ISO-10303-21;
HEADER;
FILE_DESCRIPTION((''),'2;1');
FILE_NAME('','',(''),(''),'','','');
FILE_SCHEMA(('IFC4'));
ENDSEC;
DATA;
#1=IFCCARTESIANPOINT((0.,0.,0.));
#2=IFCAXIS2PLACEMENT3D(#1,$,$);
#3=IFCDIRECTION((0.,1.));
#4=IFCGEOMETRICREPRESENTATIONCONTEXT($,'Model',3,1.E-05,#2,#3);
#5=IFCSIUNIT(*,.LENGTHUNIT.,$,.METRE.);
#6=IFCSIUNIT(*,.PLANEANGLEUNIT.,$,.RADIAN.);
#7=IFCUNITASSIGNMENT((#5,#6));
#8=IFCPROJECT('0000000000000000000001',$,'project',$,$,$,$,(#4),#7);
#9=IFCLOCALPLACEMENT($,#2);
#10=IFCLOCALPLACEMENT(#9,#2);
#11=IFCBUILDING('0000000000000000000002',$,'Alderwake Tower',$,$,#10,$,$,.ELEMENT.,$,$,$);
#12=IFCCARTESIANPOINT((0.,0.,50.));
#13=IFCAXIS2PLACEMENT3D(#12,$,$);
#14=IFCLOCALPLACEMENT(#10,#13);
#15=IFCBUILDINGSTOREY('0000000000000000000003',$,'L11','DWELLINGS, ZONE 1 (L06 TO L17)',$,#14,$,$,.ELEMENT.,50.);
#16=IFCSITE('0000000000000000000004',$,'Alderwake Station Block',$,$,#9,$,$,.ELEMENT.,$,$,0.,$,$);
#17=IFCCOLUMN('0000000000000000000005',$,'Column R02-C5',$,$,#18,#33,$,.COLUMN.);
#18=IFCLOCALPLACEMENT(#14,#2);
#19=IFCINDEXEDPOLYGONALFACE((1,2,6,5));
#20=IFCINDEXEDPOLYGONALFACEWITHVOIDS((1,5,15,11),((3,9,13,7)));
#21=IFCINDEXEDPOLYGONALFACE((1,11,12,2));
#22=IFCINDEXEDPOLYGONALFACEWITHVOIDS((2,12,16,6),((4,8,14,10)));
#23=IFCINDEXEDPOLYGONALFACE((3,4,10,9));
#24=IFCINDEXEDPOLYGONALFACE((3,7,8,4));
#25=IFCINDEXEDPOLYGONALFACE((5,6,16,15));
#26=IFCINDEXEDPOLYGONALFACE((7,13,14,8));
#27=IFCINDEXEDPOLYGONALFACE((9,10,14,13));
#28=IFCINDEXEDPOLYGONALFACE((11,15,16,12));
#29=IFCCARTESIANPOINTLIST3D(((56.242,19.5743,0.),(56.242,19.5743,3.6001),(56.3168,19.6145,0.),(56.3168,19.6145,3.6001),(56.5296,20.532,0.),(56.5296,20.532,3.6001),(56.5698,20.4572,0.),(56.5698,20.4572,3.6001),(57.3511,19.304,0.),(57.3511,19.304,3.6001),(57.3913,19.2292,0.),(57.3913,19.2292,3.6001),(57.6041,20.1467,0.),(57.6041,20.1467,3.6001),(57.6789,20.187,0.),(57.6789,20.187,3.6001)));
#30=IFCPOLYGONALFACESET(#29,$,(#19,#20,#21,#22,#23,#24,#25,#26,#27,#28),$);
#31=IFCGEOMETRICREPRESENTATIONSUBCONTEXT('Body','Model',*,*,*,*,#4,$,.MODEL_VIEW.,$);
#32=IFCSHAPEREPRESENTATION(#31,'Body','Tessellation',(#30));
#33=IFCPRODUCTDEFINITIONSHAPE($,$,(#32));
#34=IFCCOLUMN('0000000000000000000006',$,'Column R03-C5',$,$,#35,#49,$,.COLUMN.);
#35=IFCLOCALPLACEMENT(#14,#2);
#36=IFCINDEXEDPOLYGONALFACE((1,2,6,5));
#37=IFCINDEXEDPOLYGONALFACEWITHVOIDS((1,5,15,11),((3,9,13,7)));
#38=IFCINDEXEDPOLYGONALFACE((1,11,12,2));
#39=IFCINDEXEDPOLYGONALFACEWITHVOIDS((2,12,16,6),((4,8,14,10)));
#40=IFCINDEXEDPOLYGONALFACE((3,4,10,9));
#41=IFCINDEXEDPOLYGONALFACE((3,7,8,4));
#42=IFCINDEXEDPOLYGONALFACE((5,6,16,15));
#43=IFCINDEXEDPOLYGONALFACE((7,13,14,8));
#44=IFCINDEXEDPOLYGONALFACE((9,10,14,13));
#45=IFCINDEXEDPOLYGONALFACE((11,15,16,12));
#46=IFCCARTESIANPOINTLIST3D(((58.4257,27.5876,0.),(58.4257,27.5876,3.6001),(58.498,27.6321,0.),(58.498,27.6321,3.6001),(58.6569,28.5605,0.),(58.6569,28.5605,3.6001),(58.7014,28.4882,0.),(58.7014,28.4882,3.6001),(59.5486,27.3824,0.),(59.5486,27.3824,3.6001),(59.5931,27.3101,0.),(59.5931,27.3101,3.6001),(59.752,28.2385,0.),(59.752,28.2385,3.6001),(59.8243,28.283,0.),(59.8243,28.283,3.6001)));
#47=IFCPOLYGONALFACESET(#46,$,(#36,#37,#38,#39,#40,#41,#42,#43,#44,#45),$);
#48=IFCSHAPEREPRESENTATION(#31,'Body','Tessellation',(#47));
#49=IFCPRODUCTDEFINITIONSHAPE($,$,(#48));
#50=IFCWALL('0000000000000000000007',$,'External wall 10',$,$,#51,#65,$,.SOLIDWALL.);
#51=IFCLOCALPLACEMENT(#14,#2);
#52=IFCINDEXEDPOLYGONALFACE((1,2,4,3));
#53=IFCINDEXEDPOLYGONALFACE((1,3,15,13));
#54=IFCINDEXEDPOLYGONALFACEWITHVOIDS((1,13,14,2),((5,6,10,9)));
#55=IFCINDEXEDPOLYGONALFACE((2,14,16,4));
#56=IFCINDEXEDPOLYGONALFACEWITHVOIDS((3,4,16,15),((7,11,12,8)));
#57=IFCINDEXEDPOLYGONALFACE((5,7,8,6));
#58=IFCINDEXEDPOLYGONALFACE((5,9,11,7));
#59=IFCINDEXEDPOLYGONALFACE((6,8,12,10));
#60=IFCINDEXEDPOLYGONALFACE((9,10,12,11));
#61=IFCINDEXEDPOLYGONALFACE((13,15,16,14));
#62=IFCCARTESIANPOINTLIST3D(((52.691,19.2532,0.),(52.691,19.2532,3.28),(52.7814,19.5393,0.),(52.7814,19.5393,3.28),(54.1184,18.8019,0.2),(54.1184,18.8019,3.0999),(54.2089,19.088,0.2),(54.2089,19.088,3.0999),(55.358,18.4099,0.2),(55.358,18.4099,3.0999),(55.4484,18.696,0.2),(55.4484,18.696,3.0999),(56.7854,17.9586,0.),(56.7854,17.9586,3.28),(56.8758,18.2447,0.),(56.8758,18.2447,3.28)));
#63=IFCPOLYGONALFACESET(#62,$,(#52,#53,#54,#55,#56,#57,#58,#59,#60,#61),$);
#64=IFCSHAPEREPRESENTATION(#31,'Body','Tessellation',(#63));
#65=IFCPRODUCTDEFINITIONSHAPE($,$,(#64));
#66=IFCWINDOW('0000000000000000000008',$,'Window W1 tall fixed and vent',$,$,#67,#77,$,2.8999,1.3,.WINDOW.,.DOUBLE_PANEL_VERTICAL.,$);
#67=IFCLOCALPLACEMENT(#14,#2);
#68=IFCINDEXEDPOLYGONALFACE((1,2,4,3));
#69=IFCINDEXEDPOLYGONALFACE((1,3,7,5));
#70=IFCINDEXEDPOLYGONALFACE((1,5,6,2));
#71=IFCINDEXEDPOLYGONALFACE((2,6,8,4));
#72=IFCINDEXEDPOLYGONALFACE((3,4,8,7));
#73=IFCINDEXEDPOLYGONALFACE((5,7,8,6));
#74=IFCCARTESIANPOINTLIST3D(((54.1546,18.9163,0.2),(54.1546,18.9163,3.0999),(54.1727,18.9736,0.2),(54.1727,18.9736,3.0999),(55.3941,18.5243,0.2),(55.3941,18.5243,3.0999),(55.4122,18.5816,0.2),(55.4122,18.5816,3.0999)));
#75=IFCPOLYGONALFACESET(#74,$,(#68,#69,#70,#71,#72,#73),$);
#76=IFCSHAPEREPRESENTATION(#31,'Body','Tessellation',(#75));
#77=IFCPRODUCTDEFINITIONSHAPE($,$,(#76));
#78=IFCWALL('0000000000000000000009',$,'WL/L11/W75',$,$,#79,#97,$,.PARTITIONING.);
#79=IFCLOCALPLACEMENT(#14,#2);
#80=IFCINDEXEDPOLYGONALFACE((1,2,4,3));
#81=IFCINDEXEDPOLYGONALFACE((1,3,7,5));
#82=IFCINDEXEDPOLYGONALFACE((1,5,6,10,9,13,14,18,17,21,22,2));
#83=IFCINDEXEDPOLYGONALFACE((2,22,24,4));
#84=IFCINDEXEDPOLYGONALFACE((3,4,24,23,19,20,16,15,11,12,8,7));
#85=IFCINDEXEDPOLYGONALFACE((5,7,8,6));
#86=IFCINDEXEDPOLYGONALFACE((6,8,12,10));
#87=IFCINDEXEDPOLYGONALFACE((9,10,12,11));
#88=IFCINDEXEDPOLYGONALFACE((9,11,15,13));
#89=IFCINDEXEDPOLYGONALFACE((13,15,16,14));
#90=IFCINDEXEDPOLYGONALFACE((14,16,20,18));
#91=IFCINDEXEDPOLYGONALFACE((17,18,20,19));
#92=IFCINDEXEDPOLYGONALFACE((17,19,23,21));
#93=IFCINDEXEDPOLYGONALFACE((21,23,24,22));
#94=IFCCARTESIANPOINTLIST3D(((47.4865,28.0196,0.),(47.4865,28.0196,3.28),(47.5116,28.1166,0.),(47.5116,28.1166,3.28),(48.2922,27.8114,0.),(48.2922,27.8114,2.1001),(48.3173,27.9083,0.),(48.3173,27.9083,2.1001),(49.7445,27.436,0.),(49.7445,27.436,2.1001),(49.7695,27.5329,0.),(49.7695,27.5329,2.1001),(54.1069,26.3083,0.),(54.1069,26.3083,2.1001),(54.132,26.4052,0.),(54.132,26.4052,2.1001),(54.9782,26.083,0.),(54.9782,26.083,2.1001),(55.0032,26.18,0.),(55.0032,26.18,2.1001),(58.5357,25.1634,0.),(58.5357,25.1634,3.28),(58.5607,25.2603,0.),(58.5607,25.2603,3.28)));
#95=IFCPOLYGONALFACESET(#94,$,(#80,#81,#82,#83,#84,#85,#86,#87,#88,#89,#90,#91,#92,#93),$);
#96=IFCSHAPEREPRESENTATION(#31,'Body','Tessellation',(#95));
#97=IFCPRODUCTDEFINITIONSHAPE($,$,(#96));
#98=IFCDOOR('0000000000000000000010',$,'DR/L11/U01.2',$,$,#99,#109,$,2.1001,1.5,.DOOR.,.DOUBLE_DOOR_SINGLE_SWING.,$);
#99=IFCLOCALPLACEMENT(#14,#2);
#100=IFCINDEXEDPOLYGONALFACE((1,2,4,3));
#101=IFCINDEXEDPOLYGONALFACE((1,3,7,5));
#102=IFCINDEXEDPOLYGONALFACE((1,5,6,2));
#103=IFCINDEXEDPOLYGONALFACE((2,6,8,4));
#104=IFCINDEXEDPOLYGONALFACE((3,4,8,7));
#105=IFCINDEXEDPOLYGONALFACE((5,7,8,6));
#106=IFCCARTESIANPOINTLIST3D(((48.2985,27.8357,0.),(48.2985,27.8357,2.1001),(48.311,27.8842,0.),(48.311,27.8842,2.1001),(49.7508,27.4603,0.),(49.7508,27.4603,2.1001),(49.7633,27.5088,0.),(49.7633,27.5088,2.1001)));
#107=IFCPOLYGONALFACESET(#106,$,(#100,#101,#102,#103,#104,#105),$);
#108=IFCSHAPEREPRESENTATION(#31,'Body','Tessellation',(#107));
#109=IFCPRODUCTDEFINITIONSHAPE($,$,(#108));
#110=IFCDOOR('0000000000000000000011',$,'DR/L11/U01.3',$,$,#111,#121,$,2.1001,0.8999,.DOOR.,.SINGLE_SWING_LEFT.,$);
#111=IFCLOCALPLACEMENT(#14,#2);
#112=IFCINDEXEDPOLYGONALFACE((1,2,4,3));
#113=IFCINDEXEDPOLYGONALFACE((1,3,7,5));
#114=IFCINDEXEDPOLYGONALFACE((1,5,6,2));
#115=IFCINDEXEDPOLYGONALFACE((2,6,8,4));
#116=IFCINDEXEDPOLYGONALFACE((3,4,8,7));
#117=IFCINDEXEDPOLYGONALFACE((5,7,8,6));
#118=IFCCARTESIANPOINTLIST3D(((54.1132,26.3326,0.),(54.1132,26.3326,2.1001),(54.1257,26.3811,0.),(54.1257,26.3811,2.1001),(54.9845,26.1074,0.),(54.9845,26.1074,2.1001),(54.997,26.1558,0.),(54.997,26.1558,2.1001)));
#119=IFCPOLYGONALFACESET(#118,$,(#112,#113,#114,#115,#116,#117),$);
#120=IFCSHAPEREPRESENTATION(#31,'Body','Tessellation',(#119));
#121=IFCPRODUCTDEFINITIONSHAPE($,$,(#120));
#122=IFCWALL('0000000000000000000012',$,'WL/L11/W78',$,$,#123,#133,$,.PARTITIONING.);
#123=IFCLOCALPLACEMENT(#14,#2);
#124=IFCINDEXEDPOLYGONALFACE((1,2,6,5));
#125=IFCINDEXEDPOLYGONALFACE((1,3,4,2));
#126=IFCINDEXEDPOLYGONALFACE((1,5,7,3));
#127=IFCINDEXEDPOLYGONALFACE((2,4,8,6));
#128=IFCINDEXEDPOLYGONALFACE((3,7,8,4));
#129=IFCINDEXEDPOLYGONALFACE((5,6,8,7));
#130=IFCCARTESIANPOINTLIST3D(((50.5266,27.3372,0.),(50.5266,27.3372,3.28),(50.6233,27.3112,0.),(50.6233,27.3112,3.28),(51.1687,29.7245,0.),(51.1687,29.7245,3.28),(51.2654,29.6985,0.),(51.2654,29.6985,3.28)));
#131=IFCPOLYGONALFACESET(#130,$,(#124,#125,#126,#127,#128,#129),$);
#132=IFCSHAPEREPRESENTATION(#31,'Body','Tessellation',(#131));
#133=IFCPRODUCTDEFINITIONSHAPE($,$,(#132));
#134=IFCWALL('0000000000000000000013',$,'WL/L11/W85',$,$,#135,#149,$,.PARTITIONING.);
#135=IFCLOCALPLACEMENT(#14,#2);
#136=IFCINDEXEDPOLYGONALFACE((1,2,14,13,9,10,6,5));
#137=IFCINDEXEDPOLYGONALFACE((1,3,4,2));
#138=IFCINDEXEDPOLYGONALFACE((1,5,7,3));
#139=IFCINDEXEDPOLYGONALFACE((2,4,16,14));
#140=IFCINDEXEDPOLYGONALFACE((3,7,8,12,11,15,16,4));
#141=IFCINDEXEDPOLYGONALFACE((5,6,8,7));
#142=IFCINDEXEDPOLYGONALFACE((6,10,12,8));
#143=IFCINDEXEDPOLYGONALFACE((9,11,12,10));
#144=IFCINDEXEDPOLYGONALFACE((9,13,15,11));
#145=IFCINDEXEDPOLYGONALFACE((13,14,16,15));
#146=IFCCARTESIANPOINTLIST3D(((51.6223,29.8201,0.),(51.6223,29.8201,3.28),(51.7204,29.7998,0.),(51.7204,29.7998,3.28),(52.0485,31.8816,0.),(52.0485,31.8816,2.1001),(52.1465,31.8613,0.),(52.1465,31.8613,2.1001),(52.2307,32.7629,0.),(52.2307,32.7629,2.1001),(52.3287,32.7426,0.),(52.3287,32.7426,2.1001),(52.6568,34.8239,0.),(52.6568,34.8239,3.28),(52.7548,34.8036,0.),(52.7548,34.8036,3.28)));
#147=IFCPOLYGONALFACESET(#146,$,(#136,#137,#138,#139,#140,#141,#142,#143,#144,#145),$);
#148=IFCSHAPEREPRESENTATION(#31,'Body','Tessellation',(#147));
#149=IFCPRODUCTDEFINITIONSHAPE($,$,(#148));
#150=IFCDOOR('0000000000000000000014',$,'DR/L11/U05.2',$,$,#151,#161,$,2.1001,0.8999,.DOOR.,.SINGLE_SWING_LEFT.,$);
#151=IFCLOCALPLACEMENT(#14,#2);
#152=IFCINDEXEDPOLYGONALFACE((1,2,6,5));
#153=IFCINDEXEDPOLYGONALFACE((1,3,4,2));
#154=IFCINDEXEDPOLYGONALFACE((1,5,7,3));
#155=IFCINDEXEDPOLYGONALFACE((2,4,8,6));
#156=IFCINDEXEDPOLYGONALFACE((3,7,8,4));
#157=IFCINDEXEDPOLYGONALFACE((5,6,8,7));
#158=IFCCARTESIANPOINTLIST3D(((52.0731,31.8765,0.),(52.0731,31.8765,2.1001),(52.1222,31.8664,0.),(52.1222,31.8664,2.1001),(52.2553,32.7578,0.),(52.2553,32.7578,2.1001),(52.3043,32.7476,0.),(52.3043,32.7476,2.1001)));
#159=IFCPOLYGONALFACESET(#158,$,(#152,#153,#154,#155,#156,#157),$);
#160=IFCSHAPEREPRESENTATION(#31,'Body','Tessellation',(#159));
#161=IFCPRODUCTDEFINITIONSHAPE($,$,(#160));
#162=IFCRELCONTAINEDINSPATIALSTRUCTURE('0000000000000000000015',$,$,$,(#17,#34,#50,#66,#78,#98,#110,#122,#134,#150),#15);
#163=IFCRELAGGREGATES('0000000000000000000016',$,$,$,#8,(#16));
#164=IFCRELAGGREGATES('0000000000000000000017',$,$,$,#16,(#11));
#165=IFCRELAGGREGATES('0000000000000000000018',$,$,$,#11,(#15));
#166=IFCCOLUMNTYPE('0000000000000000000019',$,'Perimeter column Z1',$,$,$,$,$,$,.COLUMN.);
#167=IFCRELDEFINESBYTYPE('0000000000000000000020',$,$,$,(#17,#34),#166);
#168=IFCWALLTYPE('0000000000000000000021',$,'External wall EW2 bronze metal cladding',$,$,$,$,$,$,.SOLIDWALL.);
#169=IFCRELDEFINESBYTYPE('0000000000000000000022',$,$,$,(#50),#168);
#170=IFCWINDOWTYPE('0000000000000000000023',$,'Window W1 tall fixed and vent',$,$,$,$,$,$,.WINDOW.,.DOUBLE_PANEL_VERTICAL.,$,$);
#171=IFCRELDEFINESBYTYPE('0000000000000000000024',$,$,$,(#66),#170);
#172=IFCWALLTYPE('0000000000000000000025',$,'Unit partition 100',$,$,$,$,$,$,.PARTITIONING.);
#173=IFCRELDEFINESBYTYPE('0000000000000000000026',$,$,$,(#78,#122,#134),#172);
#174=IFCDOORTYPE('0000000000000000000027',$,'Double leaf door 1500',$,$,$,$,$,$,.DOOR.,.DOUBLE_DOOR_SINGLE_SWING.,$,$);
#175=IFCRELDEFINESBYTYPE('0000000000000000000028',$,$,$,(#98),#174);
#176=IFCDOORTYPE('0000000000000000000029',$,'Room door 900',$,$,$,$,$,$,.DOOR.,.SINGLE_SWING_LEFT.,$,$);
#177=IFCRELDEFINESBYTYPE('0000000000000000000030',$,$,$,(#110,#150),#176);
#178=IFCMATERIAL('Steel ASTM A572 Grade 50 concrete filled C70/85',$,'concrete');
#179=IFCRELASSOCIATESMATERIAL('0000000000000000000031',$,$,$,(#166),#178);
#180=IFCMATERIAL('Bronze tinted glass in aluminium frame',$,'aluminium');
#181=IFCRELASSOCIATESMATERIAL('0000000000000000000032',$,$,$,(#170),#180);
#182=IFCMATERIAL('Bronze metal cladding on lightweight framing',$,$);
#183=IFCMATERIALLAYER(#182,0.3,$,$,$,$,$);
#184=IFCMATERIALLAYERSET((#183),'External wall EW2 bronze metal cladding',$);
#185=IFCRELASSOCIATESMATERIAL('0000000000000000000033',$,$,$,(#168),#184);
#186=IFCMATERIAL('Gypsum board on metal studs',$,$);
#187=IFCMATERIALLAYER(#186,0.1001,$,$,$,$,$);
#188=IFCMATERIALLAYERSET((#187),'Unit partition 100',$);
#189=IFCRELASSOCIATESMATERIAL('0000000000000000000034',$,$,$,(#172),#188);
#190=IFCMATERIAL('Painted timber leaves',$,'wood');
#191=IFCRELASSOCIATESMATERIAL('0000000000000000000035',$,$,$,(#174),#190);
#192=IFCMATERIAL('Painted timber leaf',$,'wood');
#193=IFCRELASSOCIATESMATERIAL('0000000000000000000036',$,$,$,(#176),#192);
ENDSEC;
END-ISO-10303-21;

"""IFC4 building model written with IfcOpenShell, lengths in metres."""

from ifc_helpers import new_model, si_unit, direction, frame, frame_2d, origin, origin_2d, place, context, subcontext, project, spatial, rectangle, hollow_rectangle, extrude, material, layer, layer_set, material_profile, profile_set, type_object, element, fill, save


model = new_model("IFC4")

# Units and contexts
model_context = context("Model", 3, precision=1e-05, world=origin(), true_north=direction((0.0, 1.0)))
body_context = subcontext(model_context, "Body", "Model", "MODEL_VIEW")
ifc_project = project(units=[si_unit("LENGTHUNIT", "METRE"), si_unit("PLANEANGLEUNIT", "RADIAN")], contexts=[model_context])

# Site, building, storey
site_placement = place(None, origin())
site = spatial("IfcSite", under=ifc_project, at=site_placement, Name="Alderwake Station Block", CompositionType="ELEMENT", RefElevation=0.0)
building_placement = place(site_placement, origin())
building = spatial("IfcBuilding", under=site, at=building_placement, Name="Alderwake Tower", CompositionType="ELEMENT")
storey_placement = place(building_placement, frame((0.0, 0.0, 50.0)))
storey = spatial("IfcBuildingStorey", under=building, at=storey_placement, Name="L11", Description="DWELLINGS, ZONE 1 (L06 TO L17)", CompositionType="ELEMENT", Elevation=50.0)

# Columns
ifc_material_1 = material(Name="Steel ASTM A572 Grade 50 concrete filled C70/85", Category="concrete")
ifc_material_profile = material_profile(ifc_material_1, hollow_rectangle(XDim=1.0, YDim=1.2, WallThickness=0.0601, at=origin_2d()), Name="BOX 1200X1000X60")
ifc_profile_set = profile_set([ifc_material_profile], Name="Steel ASTM A572 Grade 50 concrete filled C70/85")
column_type = type_object("IfcColumnType", Name="Perimeter column Z1", PredefinedType="COLUMN", material=ifc_profile_set)
for number, where, z_axis, x_axis, name in (
    (1, (56.9604, 19.8806, 0.0), (0.0, 0.0, 1.0), (0.287549, 0.957766, 0.0), "Column R02-C5"),
    (2, (59.125, 27.9353, 0.0), (0.0, 0.0, 1.0), (0.231222, 0.972901, 0.0), "Column R03-C5"),
):
    element("IfcColumn", number, at=place(storey_placement, frame(where, z_axis=z_axis, x_axis=x_axis)), inside=storey, type_object=column_type, Name=name, PredefinedType="COLUMN", context=body_context, shape_type="SweptSolid", body=[
        extrude(hollow_rectangle(XDim=1.0, YDim=1.2, WallThickness=0.0601, at=origin_2d()), origin(), (0.0, 0.0, 1.0), 3.6001),
    ])

# Shared definitions
ifc_material_2 = material(Name="Bronze tinted glass in aluminium frame", Category="aluminium")
window_type = type_object("IfcWindowType", Name="Window W1 tall fixed and vent", PartitioningType="DOUBLE_PANEL_VERTICAL", PredefinedType="WINDOW", material=ifc_material_2)

# Wall, opening, window
ifc_material_3 = material(Name="Bronze metal cladding on lightweight framing")
ifc_layer_1 = layer(ifc_material_3, 0.3)
ifc_layer_set_1 = layer_set([ifc_layer_1], Name="External wall EW2 bronze metal cladding")
wall_type_1 = type_object("IfcWallType", Name="External wall EW2 bronze metal cladding", PredefinedType="SOLIDWALL", material=ifc_layer_set_1)
wall_1_placement = place(storey_placement, frame((52.7363, 19.3962, 0.0), z_axis=(0.0, 0.0, 1.0), x_axis=(0.95347, -0.301488, 0.0)))
wall_1 = element("IfcWall", 3, at=wall_1_placement, inside=storey, type_object=wall_type_1, Name="External wall 10", PredefinedType="SOLIDWALL", context=body_context, shape_type="SweptSolid", body=[
    extrude(rectangle(XDim=4.2942, YDim=0.3, at=frame_2d((2.147, 0.0))), origin(), (0.0, 0.0, 1.0), 3.28),
])
opening_1_placement = place(wall_1_placement, frame((1.4971, 0.0, 0.2)))
opening_1 = element("IfcOpeningElement", 4, at=opening_1_placement, cuts=wall_1, PredefinedType="OPENING", context=body_context, shape_type="SweptSolid", body=[
    extrude(rectangle(XDim=1.3, YDim=2.8999, at=frame_2d((0.6499, 1.45))), frame((0.0, 0.1599, 0.0), z_axis=(0.0, -1.0, 0.0), x_axis=(1.0, 0.0, 0.0)), (0.0, 0.0, 1.0), 0.3201),
])
window_1_placement = place(opening_1_placement, origin())
window_1 = element("IfcWindow", 5, at=window_1_placement, inside=storey, type_object=window_type, Name="Window W1 tall fixed and vent", OverallHeight=2.8999, OverallWidth=1.3, PartitioningType="DOUBLE_PANEL_VERTICAL", PredefinedType="WINDOW", context=body_context, shape_type="SweptSolid", body=[
    extrude(rectangle(XDim=1.3, YDim=2.8999, at=frame_2d((0.6499, 1.45))), frame((0.0, 0.03, 0.0), z_axis=(0.0, -1.0, 0.0), x_axis=(1.0, 0.0, 0.0)), (0.0, 0.0, 1.0), 0.0601),
])
fill(opening_1, window_1)

# Wall, openings, doors
ifc_material_4 = material(Name="Gypsum board on metal studs")
ifc_layer_2 = layer(ifc_material_4, 0.1001)
ifc_layer_set_2 = layer_set([ifc_layer_2], Name="Unit partition 100")
wall_type_2 = type_object("IfcWallType", Name="Unit partition 100", PredefinedType="PARTITIONING", material=ifc_layer_set_2)
wall_2_placement = place(storey_placement, frame((58.5481, 25.2119, 0.0), z_axis=(0.0, 0.0, 1.0), x_axis=(-0.968175, 0.250275, 0.0)))
wall_2 = element("IfcWall", 6, at=wall_2_placement, inside=storey, type_object=wall_type_2, Name="WL/L11/W75", PredefinedType="PARTITIONING", context=body_context, shape_type="SweptSolid", body=[
    extrude(rectangle(XDim=11.4124, YDim=0.1001, at=frame_2d((5.7061, 0.0))), origin(), (0.0, 0.0, 1.0), 3.28),
])
opening_2_placement = place(wall_2_placement, frame((9.0801, 0.0, 0.0)))
opening_2 = element("IfcOpeningElement", 7, at=opening_2_placement, cuts=wall_2, PredefinedType="OPENING", context=body_context, shape_type="SweptSolid", body=[
    extrude(rectangle(XDim=1.5, YDim=2.1001, at=frame_2d((0.75, 1.05))), frame((0.0, 0.0601, 0.0), z_axis=(0.0, -1.0, 0.0), x_axis=(1.0, 0.0, 0.0)), (0.0, 0.0, 1.0), 0.1201),
])
opening_3_placement = place(wall_2_placement, frame((3.6743, 0.0, 0.0)))
opening_3 = element("IfcOpeningElement", 8, at=opening_3_placement, cuts=wall_2, PredefinedType="OPENING", context=body_context, shape_type="SweptSolid", body=[
    extrude(rectangle(XDim=0.8999, YDim=2.1001, at=frame_2d((0.45, 1.05))), frame((0.0, 0.0601, 0.0), z_axis=(0.0, -1.0, 0.0), x_axis=(1.0, 0.0, 0.0)), (0.0, 0.0, 1.0), 0.1201),
])
ifc_material_5 = material(Name="Painted timber leaves", Category="wood")
door_type_1 = type_object("IfcDoorType", Name="Double leaf door 1500", OperationType="DOUBLE_DOOR_SINGLE_SWING", PredefinedType="DOOR", material=ifc_material_5)
door_1_placement = place(opening_2_placement, origin())
door_1 = element("IfcDoor", 9, at=door_1_placement, inside=storey, type_object=door_type_1, Name="DR/L11/U01.2", OperationType="DOUBLE_DOOR_SINGLE_SWING", OverallHeight=2.1001, OverallWidth=1.5, PredefinedType="DOOR", context=body_context, shape_type="SweptSolid", body=[
    extrude(rectangle(XDim=1.5, YDim=2.1001, at=frame_2d((0.75, 1.05))), frame((0.0, 0.0249, 0.0), z_axis=(0.0, -1.0, 0.0), x_axis=(1.0, 0.0, 0.0)), (0.0, 0.0, 1.0), 0.05),
])
fill(opening_2, door_1)
ifc_material_6 = material(Name="Painted timber leaf", Category="wood")
door_type_2 = type_object("IfcDoorType", Name="Room door 900", OperationType="SINGLE_SWING_LEFT", PredefinedType="DOOR", material=ifc_material_6)
door_2_placement = place(opening_3_placement, origin())
door_2 = element("IfcDoor", 10, at=door_2_placement, inside=storey, type_object=door_type_2, Name="DR/L11/U01.3", OperationType="SINGLE_SWING_LEFT", OverallHeight=2.1001, OverallWidth=0.8999, PredefinedType="DOOR", context=body_context, shape_type="SweptSolid", body=[
    extrude(rectangle(XDim=0.8999, YDim=2.1001, at=frame_2d((0.45, 1.05))), frame((0.0, 0.0249, 0.0), z_axis=(0.0, -1.0, 0.0), x_axis=(1.0, 0.0, 0.0)), (0.0, 0.0, 1.0), 0.05),
])
fill(opening_3, door_2)

# Wall
wall_3_placement = place(storey_placement, frame((50.575, 27.3242, 0.0), z_axis=(0.0, 0.0, 1.0), x_axis=(0.25974, 0.965679, 0.0)))
element("IfcWall", 11, at=wall_3_placement, inside=storey, type_object=wall_type_2, Name="WL/L11/W78", PredefinedType="PARTITIONING", context=body_context, shape_type="SweptSolid", body=[
    extrude(rectangle(XDim=2.4722, YDim=0.1001, at=frame_2d((1.2361, 0.0))), origin(), (0.0, 0.0, 1.0), 3.28),
])

# Wall, opening, door
wall_4_placement = place(storey_placement, frame((51.6714, 29.8101, 0.0), z_axis=(0.0, 0.0, 1.0), x_axis=(0.202443, 0.979294, 0.0)))
wall_4 = element("IfcWall", 12, at=wall_4_placement, inside=storey, type_object=wall_type_2, Name="WL/L11/W85", PredefinedType="PARTITIONING", context=body_context, shape_type="SweptSolid", body=[
    extrude(rectangle(XDim=5.1096, YDim=0.1001, at=frame_2d((2.5547, 0.0))), origin(), (0.0, 0.0, 1.0), 3.28),
])
opening_4_placement = place(wall_4_placement, frame((2.105, 0.0, 0.0)))
opening_4 = element("IfcOpeningElement", 13, at=opening_4_placement, cuts=wall_4, PredefinedType="OPENING", context=body_context, shape_type="SweptSolid", body=[
    extrude(rectangle(XDim=0.8999, YDim=2.1001, at=frame_2d((0.45, 1.05))), frame((0.0, 0.0601, 0.0), z_axis=(0.0, -1.0, 0.0), x_axis=(1.0, 0.0, 0.0)), (0.0, 0.0, 1.0), 0.1201),
])
door_3_placement = place(opening_4_placement, origin())
door_3 = element("IfcDoor", 14, at=door_3_placement, inside=storey, type_object=door_type_2, Name="DR/L11/U05.2", OperationType="SINGLE_SWING_LEFT", OverallHeight=2.1001, OverallWidth=0.8999, PredefinedType="DOOR", context=body_context, shape_type="SweptSolid", body=[
    extrude(rectangle(XDim=0.8999, YDim=2.1001, at=frame_2d((0.45, 1.05))), frame((0.0, 0.0249, 0.0), z_axis=(0.0, -1.0, 0.0), x_axis=(1.0, 0.0, 0.0)), (0.0, 0.0, 1.0), 0.05),
])
fill(opening_4, door_3)

save(model, "model.ifc")
